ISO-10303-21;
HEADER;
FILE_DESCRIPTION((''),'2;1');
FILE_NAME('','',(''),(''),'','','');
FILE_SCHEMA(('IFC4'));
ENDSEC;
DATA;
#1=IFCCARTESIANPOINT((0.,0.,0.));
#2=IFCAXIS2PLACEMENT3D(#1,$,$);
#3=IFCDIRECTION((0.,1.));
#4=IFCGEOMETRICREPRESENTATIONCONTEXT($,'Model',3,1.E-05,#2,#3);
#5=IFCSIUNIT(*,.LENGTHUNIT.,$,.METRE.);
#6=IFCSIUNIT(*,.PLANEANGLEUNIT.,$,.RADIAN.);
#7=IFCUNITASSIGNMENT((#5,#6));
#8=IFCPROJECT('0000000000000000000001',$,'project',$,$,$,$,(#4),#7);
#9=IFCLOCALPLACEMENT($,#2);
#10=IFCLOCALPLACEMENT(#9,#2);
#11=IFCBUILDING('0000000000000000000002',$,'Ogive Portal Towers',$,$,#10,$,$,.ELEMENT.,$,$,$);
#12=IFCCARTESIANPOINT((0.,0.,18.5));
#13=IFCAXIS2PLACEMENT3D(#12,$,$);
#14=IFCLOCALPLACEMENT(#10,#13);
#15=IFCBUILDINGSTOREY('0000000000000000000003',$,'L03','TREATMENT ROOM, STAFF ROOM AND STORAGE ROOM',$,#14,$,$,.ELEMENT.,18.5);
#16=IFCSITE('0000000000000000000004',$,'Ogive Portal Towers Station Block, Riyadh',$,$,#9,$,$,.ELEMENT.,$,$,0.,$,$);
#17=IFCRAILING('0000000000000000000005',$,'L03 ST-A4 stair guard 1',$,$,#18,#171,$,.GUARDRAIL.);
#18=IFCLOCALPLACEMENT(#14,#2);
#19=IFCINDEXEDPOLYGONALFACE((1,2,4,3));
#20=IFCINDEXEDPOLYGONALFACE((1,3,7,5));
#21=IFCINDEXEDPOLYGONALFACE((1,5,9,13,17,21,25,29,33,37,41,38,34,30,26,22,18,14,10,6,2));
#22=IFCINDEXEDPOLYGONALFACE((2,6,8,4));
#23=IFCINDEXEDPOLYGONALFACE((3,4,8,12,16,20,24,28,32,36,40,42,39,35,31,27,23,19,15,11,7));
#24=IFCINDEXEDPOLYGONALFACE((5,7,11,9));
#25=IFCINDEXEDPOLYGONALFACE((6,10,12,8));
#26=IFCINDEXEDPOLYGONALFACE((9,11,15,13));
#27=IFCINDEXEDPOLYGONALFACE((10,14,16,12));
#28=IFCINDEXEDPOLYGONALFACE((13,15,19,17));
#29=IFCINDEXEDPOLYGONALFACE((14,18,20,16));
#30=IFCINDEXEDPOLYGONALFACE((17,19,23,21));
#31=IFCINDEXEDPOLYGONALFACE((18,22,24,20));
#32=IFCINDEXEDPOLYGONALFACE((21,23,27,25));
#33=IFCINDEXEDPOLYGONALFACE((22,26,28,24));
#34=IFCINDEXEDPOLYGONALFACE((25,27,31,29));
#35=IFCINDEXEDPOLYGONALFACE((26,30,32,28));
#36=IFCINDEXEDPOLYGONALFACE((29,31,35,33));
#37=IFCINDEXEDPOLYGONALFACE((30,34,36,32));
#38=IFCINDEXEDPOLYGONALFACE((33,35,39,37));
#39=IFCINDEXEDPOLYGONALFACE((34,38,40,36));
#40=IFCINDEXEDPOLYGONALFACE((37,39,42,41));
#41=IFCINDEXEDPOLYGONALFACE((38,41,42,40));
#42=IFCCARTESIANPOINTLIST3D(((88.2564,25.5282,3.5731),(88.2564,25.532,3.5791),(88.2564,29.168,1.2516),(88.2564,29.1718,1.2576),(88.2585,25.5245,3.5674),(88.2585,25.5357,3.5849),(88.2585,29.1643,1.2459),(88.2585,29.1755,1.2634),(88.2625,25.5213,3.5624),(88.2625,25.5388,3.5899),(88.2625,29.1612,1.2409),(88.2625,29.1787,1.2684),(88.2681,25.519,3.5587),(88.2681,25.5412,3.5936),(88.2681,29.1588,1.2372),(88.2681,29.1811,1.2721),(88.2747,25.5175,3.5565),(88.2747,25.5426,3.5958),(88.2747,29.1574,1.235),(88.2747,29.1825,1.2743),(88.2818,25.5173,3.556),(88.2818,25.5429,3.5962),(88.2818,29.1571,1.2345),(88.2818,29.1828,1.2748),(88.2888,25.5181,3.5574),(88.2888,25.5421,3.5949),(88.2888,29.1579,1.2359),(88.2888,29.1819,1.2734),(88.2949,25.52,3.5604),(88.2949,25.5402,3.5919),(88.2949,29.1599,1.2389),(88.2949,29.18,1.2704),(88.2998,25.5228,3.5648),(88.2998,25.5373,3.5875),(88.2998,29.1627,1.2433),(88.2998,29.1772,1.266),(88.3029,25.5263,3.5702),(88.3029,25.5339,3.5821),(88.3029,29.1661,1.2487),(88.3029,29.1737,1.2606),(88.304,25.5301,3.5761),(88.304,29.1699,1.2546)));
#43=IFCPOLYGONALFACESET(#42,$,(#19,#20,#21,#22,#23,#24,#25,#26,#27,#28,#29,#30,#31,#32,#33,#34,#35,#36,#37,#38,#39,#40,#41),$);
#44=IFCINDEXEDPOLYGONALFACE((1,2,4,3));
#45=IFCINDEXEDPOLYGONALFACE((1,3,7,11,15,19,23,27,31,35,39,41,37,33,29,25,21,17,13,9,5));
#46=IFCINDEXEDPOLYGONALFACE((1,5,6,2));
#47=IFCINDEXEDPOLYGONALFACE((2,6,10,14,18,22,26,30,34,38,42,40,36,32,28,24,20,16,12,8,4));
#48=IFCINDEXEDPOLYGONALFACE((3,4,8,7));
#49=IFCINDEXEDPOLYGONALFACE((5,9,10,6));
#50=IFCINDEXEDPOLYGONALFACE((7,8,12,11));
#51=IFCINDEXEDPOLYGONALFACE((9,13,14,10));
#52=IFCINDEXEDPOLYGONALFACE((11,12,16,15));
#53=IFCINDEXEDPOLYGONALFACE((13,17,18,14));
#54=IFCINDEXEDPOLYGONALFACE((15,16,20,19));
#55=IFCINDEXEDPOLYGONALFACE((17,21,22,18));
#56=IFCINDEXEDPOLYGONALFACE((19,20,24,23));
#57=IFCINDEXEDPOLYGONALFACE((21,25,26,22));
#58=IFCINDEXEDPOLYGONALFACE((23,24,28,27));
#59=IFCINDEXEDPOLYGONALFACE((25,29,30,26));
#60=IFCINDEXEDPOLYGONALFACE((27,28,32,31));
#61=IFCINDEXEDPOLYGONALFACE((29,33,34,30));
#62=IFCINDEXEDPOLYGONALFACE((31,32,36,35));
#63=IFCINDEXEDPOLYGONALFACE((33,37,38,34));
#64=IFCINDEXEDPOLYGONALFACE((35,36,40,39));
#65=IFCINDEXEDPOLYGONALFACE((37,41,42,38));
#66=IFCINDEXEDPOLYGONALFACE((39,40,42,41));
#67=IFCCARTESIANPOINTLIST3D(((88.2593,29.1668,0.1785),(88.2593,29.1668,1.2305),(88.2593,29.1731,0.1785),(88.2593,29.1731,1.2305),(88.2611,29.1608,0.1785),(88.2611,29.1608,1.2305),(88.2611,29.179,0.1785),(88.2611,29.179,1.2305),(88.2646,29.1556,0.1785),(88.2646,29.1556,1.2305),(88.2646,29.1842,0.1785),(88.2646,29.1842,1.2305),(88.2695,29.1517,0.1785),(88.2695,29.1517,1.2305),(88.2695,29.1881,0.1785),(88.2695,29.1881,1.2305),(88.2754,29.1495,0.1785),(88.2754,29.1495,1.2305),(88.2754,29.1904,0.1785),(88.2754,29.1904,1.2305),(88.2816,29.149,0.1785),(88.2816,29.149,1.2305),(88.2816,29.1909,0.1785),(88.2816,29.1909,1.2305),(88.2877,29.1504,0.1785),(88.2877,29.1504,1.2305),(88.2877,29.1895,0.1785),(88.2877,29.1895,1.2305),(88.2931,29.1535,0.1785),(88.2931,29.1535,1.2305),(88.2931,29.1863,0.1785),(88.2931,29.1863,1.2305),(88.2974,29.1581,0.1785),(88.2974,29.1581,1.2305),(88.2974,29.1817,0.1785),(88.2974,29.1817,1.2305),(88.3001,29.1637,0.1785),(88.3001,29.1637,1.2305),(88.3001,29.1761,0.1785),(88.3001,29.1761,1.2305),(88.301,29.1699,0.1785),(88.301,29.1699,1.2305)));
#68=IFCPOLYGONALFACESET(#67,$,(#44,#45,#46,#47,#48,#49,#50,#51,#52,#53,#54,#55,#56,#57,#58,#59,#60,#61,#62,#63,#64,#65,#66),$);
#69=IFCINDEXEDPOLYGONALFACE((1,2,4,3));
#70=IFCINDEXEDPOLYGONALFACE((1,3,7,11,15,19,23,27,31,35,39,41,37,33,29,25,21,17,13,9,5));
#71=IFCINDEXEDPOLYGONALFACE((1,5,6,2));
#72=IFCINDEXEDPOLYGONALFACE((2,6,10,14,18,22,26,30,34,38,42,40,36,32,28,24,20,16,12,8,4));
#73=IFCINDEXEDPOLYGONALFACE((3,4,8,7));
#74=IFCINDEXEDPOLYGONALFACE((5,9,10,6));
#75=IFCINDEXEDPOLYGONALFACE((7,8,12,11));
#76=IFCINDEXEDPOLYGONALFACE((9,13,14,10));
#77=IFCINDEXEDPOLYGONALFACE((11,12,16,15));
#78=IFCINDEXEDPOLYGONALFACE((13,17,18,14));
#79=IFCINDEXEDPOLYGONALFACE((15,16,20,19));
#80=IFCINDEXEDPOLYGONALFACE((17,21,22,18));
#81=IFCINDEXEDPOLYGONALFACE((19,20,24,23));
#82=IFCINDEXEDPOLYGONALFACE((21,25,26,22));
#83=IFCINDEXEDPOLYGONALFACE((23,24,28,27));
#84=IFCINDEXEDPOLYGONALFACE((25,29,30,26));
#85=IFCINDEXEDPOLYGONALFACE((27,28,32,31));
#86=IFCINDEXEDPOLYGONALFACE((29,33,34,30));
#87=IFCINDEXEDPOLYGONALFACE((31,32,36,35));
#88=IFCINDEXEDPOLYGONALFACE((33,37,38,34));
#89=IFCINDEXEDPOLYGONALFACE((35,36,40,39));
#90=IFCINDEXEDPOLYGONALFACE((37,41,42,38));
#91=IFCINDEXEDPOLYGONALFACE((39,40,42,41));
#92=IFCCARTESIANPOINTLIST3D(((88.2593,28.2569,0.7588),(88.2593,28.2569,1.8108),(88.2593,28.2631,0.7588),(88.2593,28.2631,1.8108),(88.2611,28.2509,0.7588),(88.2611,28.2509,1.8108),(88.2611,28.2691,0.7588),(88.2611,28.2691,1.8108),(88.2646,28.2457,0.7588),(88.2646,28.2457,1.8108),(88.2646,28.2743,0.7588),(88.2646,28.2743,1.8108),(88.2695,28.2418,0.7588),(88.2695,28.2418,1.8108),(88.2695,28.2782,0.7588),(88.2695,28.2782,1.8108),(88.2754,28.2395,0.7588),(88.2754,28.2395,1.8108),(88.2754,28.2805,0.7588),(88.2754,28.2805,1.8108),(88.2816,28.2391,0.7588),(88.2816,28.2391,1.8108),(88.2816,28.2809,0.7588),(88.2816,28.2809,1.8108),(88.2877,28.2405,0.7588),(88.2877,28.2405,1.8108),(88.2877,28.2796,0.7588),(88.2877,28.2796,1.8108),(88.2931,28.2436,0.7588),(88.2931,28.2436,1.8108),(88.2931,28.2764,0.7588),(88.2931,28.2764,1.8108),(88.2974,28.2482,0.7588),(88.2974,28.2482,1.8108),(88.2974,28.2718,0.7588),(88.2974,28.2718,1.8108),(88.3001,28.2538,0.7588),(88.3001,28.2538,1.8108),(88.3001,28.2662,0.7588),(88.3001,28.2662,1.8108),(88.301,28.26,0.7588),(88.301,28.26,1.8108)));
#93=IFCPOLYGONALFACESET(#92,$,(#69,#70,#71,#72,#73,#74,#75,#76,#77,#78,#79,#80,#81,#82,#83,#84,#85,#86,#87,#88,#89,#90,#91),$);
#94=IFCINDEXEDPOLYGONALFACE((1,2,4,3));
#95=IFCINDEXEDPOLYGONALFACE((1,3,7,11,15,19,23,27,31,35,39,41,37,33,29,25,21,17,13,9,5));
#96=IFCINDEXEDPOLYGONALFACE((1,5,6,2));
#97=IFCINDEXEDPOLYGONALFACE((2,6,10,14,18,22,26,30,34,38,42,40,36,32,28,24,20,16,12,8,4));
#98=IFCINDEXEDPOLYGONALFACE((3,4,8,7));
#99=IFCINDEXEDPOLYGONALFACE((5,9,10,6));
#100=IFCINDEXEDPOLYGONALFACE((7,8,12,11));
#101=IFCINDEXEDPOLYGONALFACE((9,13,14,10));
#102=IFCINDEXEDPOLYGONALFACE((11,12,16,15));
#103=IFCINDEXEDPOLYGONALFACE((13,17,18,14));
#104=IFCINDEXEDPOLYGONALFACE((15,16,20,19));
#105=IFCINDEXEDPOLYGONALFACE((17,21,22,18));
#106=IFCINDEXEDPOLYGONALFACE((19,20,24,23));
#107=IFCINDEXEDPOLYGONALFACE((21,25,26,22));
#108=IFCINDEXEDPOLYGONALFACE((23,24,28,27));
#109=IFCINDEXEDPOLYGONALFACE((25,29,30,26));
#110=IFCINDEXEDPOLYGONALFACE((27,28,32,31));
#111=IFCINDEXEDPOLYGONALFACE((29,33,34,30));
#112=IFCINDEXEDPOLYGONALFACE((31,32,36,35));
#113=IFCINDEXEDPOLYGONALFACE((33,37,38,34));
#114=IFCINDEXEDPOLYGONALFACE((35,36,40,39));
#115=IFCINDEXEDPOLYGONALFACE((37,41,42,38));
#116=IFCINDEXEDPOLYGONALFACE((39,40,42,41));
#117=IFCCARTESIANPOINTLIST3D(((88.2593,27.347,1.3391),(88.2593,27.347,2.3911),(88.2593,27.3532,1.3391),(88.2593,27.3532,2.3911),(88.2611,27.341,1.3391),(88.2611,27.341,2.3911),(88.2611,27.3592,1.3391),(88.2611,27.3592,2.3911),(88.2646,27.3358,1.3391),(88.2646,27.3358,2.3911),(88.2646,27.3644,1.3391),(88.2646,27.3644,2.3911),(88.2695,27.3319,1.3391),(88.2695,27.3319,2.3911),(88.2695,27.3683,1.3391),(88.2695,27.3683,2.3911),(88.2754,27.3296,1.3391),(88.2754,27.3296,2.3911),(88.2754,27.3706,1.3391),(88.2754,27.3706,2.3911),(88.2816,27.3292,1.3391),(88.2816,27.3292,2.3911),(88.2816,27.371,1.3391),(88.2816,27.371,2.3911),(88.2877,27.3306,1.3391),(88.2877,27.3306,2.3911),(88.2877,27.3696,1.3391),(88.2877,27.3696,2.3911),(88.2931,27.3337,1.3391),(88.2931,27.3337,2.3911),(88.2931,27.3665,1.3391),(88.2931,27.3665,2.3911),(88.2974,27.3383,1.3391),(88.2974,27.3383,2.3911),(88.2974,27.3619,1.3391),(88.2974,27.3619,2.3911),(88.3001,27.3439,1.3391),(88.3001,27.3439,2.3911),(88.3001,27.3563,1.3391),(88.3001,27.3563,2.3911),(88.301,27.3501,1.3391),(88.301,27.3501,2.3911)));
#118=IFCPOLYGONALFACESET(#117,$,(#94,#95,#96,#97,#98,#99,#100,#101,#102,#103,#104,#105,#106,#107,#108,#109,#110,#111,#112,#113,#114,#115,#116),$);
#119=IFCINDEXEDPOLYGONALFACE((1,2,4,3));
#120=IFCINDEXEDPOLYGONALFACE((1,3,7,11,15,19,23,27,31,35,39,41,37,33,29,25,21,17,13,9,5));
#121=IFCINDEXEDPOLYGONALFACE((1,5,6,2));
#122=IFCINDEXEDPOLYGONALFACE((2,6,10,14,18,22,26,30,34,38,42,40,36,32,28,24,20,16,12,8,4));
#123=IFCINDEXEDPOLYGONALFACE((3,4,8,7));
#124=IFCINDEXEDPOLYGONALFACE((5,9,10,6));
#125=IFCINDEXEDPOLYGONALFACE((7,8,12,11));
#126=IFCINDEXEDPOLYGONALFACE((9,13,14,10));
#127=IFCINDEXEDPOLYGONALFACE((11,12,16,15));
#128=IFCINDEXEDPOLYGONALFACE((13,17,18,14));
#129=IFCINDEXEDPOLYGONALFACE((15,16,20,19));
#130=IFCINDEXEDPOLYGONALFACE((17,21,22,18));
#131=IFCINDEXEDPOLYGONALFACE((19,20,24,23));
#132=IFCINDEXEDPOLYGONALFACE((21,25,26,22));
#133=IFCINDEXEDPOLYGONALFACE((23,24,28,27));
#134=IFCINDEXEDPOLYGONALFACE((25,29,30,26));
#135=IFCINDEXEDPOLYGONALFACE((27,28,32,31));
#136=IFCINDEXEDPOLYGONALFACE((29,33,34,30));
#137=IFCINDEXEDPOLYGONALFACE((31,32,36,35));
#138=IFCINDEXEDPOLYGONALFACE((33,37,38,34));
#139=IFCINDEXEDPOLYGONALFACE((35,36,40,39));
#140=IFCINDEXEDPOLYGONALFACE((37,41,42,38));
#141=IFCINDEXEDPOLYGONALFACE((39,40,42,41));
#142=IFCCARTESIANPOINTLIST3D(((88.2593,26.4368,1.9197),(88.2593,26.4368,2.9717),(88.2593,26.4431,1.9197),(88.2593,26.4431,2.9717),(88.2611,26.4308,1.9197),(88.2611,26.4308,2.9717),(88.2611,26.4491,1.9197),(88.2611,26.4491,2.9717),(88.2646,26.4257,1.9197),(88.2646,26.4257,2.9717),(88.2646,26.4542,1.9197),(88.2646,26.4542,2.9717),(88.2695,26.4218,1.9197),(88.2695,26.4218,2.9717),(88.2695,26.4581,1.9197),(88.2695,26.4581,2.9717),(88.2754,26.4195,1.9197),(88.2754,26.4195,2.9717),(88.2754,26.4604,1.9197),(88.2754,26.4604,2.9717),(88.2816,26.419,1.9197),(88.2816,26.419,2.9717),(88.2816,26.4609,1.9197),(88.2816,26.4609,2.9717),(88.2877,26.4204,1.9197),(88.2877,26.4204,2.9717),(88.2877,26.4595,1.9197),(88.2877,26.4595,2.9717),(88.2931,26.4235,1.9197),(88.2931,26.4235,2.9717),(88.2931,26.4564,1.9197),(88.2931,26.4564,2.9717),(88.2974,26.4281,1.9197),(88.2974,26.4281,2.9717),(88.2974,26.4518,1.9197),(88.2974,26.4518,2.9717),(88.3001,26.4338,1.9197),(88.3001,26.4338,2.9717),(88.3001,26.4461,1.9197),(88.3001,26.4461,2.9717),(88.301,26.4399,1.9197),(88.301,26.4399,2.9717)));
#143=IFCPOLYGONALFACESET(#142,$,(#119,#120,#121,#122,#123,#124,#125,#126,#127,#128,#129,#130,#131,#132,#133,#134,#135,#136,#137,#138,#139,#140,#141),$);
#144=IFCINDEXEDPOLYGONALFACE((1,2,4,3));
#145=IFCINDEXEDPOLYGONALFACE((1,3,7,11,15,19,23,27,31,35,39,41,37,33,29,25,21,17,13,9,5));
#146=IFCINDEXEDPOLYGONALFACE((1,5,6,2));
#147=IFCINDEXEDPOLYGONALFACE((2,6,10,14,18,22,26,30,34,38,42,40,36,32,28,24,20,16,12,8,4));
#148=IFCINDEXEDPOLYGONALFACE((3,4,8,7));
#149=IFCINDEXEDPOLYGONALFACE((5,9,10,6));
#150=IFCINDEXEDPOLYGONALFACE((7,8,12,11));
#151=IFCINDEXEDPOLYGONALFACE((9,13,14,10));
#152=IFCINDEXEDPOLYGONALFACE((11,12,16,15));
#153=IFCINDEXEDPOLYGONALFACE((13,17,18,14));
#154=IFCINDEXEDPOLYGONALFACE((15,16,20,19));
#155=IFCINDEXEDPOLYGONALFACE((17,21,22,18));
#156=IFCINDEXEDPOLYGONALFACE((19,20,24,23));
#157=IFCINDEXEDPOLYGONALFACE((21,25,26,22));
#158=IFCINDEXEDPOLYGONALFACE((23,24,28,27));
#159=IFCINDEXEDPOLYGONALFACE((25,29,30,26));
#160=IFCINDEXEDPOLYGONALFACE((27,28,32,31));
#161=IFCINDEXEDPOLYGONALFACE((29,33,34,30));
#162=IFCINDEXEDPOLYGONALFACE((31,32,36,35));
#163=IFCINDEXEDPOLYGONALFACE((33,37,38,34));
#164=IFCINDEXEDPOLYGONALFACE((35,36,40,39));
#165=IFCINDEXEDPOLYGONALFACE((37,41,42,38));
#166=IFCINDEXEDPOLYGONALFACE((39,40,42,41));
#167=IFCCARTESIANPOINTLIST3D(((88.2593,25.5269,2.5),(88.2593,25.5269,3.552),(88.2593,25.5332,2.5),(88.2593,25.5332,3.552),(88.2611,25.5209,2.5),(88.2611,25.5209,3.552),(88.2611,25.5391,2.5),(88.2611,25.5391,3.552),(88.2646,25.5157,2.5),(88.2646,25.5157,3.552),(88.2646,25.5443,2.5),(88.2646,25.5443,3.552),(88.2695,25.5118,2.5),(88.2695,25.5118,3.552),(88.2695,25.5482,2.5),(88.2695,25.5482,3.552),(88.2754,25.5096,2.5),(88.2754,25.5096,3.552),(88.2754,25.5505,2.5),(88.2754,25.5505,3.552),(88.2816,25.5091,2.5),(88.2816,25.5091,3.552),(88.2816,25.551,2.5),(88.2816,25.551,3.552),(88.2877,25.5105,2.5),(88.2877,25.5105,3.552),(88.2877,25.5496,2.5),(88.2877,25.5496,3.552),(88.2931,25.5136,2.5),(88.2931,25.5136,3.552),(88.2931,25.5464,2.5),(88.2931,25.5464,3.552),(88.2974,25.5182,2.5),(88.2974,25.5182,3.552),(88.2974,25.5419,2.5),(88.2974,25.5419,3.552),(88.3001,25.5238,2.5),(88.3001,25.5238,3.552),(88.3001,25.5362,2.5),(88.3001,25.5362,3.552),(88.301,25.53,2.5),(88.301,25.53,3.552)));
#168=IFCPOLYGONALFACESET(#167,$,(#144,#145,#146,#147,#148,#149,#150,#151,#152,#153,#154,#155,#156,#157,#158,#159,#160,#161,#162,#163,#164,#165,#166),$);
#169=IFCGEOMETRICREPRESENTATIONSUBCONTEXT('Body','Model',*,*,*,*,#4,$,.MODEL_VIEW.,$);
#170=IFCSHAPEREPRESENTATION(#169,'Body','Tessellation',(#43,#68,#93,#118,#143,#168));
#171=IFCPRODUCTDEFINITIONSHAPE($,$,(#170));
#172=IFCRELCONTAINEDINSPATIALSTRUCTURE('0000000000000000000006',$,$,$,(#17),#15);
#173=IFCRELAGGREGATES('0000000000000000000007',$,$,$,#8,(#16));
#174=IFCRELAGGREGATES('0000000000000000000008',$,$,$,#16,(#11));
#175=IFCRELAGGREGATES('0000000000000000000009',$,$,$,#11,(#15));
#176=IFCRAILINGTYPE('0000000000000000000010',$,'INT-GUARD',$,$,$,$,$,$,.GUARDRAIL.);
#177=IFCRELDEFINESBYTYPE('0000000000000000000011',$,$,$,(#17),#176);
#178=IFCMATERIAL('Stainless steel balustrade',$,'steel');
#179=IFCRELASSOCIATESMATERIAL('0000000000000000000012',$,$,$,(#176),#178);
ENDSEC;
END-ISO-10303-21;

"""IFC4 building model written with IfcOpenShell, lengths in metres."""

from ifc_helpers import new_model, si_unit, direction, frame, origin, origin_2d, place, context, subcontext, project, spatial, circle, extrude, material, type_object, element, save


model = new_model("IFC4")

# Units and contexts
model_context = context("Model", 3, precision=1e-05, world=origin(), true_north=direction((0.0, 1.0)))
body_context = subcontext(model_context, "Body", "Model", "MODEL_VIEW")
ifc_project = project(units=[si_unit("LENGTHUNIT", "METRE"), si_unit("PLANEANGLEUNIT", "RADIAN")], contexts=[model_context])

# Site, building, storey
site_placement = place(None, origin())
site = spatial("IfcSite", under=ifc_project, at=site_placement, Name="Ogive Portal Towers Station Block, Riyadh", CompositionType="ELEMENT", RefElevation=0.0)
building_placement = place(site_placement, origin())
building = spatial("IfcBuilding", under=site, at=building_placement, Name="Ogive Portal Towers", CompositionType="ELEMENT")
storey_placement = place(building_placement, frame((0.0, 0.0, 18.5)))
storey = spatial("IfcBuildingStorey", under=building, at=storey_placement, Name="L03", Description="TREATMENT ROOM, STAFF ROOM AND STORAGE ROOM", CompositionType="ELEMENT", Elevation=18.5)

# Railing
ifc_material_1 = material(Name="Stainless steel balustrade", Category="steel")
railing_type_1 = type_object("IfcRailingType", Name="INT-GUARD", PredefinedType="GUARDRAIL", material=ifc_material_1)
railing_1_placement = place(storey_placement, frame((88.28, 29.1699, 0.1785)))
element("IfcRailing", 1, at=railing_1_placement, inside=storey, type_object=railing_type_1, Name="L03 ST-A4 stair guard 1", PredefinedType="GUARDRAIL", context=body_context, shape_type="SweptSolid", body=[
    extrude(circle(Radius=0.0239, at=origin_2d()), frame((0.0, 0.0, 1.0762), z_axis=(0.0, -0.843112, 0.537739), x_axis=(1.0, 0.0, 0.0)), (0.0, 0.0, 1.0), 4.3171),
    extrude(circle(Radius=0.021, at=origin_2d()), origin(), (0.0, 0.0, 1.0), 1.052),
    extrude(circle(Radius=0.021, at=origin_2d()), frame((0.0, -0.9099, 0.5803)), (0.0, 0.0, 1.0), 1.052),
    extrude(circle(Radius=0.021, at=origin_2d()), frame((0.0, -1.8198, 1.1606)), (0.0, 0.0, 1.0), 1.052),
    extrude(circle(Radius=0.021, at=origin_2d()), frame((0.0, -2.73, 1.7412)), (0.0, 0.0, 1.0), 1.052),
    extrude(circle(Radius=0.021, at=origin_2d()), frame((0.0, -3.6399, 2.3215)), (0.0, 0.0, 1.0), 1.052),
])

save(model, "model.ifc")
